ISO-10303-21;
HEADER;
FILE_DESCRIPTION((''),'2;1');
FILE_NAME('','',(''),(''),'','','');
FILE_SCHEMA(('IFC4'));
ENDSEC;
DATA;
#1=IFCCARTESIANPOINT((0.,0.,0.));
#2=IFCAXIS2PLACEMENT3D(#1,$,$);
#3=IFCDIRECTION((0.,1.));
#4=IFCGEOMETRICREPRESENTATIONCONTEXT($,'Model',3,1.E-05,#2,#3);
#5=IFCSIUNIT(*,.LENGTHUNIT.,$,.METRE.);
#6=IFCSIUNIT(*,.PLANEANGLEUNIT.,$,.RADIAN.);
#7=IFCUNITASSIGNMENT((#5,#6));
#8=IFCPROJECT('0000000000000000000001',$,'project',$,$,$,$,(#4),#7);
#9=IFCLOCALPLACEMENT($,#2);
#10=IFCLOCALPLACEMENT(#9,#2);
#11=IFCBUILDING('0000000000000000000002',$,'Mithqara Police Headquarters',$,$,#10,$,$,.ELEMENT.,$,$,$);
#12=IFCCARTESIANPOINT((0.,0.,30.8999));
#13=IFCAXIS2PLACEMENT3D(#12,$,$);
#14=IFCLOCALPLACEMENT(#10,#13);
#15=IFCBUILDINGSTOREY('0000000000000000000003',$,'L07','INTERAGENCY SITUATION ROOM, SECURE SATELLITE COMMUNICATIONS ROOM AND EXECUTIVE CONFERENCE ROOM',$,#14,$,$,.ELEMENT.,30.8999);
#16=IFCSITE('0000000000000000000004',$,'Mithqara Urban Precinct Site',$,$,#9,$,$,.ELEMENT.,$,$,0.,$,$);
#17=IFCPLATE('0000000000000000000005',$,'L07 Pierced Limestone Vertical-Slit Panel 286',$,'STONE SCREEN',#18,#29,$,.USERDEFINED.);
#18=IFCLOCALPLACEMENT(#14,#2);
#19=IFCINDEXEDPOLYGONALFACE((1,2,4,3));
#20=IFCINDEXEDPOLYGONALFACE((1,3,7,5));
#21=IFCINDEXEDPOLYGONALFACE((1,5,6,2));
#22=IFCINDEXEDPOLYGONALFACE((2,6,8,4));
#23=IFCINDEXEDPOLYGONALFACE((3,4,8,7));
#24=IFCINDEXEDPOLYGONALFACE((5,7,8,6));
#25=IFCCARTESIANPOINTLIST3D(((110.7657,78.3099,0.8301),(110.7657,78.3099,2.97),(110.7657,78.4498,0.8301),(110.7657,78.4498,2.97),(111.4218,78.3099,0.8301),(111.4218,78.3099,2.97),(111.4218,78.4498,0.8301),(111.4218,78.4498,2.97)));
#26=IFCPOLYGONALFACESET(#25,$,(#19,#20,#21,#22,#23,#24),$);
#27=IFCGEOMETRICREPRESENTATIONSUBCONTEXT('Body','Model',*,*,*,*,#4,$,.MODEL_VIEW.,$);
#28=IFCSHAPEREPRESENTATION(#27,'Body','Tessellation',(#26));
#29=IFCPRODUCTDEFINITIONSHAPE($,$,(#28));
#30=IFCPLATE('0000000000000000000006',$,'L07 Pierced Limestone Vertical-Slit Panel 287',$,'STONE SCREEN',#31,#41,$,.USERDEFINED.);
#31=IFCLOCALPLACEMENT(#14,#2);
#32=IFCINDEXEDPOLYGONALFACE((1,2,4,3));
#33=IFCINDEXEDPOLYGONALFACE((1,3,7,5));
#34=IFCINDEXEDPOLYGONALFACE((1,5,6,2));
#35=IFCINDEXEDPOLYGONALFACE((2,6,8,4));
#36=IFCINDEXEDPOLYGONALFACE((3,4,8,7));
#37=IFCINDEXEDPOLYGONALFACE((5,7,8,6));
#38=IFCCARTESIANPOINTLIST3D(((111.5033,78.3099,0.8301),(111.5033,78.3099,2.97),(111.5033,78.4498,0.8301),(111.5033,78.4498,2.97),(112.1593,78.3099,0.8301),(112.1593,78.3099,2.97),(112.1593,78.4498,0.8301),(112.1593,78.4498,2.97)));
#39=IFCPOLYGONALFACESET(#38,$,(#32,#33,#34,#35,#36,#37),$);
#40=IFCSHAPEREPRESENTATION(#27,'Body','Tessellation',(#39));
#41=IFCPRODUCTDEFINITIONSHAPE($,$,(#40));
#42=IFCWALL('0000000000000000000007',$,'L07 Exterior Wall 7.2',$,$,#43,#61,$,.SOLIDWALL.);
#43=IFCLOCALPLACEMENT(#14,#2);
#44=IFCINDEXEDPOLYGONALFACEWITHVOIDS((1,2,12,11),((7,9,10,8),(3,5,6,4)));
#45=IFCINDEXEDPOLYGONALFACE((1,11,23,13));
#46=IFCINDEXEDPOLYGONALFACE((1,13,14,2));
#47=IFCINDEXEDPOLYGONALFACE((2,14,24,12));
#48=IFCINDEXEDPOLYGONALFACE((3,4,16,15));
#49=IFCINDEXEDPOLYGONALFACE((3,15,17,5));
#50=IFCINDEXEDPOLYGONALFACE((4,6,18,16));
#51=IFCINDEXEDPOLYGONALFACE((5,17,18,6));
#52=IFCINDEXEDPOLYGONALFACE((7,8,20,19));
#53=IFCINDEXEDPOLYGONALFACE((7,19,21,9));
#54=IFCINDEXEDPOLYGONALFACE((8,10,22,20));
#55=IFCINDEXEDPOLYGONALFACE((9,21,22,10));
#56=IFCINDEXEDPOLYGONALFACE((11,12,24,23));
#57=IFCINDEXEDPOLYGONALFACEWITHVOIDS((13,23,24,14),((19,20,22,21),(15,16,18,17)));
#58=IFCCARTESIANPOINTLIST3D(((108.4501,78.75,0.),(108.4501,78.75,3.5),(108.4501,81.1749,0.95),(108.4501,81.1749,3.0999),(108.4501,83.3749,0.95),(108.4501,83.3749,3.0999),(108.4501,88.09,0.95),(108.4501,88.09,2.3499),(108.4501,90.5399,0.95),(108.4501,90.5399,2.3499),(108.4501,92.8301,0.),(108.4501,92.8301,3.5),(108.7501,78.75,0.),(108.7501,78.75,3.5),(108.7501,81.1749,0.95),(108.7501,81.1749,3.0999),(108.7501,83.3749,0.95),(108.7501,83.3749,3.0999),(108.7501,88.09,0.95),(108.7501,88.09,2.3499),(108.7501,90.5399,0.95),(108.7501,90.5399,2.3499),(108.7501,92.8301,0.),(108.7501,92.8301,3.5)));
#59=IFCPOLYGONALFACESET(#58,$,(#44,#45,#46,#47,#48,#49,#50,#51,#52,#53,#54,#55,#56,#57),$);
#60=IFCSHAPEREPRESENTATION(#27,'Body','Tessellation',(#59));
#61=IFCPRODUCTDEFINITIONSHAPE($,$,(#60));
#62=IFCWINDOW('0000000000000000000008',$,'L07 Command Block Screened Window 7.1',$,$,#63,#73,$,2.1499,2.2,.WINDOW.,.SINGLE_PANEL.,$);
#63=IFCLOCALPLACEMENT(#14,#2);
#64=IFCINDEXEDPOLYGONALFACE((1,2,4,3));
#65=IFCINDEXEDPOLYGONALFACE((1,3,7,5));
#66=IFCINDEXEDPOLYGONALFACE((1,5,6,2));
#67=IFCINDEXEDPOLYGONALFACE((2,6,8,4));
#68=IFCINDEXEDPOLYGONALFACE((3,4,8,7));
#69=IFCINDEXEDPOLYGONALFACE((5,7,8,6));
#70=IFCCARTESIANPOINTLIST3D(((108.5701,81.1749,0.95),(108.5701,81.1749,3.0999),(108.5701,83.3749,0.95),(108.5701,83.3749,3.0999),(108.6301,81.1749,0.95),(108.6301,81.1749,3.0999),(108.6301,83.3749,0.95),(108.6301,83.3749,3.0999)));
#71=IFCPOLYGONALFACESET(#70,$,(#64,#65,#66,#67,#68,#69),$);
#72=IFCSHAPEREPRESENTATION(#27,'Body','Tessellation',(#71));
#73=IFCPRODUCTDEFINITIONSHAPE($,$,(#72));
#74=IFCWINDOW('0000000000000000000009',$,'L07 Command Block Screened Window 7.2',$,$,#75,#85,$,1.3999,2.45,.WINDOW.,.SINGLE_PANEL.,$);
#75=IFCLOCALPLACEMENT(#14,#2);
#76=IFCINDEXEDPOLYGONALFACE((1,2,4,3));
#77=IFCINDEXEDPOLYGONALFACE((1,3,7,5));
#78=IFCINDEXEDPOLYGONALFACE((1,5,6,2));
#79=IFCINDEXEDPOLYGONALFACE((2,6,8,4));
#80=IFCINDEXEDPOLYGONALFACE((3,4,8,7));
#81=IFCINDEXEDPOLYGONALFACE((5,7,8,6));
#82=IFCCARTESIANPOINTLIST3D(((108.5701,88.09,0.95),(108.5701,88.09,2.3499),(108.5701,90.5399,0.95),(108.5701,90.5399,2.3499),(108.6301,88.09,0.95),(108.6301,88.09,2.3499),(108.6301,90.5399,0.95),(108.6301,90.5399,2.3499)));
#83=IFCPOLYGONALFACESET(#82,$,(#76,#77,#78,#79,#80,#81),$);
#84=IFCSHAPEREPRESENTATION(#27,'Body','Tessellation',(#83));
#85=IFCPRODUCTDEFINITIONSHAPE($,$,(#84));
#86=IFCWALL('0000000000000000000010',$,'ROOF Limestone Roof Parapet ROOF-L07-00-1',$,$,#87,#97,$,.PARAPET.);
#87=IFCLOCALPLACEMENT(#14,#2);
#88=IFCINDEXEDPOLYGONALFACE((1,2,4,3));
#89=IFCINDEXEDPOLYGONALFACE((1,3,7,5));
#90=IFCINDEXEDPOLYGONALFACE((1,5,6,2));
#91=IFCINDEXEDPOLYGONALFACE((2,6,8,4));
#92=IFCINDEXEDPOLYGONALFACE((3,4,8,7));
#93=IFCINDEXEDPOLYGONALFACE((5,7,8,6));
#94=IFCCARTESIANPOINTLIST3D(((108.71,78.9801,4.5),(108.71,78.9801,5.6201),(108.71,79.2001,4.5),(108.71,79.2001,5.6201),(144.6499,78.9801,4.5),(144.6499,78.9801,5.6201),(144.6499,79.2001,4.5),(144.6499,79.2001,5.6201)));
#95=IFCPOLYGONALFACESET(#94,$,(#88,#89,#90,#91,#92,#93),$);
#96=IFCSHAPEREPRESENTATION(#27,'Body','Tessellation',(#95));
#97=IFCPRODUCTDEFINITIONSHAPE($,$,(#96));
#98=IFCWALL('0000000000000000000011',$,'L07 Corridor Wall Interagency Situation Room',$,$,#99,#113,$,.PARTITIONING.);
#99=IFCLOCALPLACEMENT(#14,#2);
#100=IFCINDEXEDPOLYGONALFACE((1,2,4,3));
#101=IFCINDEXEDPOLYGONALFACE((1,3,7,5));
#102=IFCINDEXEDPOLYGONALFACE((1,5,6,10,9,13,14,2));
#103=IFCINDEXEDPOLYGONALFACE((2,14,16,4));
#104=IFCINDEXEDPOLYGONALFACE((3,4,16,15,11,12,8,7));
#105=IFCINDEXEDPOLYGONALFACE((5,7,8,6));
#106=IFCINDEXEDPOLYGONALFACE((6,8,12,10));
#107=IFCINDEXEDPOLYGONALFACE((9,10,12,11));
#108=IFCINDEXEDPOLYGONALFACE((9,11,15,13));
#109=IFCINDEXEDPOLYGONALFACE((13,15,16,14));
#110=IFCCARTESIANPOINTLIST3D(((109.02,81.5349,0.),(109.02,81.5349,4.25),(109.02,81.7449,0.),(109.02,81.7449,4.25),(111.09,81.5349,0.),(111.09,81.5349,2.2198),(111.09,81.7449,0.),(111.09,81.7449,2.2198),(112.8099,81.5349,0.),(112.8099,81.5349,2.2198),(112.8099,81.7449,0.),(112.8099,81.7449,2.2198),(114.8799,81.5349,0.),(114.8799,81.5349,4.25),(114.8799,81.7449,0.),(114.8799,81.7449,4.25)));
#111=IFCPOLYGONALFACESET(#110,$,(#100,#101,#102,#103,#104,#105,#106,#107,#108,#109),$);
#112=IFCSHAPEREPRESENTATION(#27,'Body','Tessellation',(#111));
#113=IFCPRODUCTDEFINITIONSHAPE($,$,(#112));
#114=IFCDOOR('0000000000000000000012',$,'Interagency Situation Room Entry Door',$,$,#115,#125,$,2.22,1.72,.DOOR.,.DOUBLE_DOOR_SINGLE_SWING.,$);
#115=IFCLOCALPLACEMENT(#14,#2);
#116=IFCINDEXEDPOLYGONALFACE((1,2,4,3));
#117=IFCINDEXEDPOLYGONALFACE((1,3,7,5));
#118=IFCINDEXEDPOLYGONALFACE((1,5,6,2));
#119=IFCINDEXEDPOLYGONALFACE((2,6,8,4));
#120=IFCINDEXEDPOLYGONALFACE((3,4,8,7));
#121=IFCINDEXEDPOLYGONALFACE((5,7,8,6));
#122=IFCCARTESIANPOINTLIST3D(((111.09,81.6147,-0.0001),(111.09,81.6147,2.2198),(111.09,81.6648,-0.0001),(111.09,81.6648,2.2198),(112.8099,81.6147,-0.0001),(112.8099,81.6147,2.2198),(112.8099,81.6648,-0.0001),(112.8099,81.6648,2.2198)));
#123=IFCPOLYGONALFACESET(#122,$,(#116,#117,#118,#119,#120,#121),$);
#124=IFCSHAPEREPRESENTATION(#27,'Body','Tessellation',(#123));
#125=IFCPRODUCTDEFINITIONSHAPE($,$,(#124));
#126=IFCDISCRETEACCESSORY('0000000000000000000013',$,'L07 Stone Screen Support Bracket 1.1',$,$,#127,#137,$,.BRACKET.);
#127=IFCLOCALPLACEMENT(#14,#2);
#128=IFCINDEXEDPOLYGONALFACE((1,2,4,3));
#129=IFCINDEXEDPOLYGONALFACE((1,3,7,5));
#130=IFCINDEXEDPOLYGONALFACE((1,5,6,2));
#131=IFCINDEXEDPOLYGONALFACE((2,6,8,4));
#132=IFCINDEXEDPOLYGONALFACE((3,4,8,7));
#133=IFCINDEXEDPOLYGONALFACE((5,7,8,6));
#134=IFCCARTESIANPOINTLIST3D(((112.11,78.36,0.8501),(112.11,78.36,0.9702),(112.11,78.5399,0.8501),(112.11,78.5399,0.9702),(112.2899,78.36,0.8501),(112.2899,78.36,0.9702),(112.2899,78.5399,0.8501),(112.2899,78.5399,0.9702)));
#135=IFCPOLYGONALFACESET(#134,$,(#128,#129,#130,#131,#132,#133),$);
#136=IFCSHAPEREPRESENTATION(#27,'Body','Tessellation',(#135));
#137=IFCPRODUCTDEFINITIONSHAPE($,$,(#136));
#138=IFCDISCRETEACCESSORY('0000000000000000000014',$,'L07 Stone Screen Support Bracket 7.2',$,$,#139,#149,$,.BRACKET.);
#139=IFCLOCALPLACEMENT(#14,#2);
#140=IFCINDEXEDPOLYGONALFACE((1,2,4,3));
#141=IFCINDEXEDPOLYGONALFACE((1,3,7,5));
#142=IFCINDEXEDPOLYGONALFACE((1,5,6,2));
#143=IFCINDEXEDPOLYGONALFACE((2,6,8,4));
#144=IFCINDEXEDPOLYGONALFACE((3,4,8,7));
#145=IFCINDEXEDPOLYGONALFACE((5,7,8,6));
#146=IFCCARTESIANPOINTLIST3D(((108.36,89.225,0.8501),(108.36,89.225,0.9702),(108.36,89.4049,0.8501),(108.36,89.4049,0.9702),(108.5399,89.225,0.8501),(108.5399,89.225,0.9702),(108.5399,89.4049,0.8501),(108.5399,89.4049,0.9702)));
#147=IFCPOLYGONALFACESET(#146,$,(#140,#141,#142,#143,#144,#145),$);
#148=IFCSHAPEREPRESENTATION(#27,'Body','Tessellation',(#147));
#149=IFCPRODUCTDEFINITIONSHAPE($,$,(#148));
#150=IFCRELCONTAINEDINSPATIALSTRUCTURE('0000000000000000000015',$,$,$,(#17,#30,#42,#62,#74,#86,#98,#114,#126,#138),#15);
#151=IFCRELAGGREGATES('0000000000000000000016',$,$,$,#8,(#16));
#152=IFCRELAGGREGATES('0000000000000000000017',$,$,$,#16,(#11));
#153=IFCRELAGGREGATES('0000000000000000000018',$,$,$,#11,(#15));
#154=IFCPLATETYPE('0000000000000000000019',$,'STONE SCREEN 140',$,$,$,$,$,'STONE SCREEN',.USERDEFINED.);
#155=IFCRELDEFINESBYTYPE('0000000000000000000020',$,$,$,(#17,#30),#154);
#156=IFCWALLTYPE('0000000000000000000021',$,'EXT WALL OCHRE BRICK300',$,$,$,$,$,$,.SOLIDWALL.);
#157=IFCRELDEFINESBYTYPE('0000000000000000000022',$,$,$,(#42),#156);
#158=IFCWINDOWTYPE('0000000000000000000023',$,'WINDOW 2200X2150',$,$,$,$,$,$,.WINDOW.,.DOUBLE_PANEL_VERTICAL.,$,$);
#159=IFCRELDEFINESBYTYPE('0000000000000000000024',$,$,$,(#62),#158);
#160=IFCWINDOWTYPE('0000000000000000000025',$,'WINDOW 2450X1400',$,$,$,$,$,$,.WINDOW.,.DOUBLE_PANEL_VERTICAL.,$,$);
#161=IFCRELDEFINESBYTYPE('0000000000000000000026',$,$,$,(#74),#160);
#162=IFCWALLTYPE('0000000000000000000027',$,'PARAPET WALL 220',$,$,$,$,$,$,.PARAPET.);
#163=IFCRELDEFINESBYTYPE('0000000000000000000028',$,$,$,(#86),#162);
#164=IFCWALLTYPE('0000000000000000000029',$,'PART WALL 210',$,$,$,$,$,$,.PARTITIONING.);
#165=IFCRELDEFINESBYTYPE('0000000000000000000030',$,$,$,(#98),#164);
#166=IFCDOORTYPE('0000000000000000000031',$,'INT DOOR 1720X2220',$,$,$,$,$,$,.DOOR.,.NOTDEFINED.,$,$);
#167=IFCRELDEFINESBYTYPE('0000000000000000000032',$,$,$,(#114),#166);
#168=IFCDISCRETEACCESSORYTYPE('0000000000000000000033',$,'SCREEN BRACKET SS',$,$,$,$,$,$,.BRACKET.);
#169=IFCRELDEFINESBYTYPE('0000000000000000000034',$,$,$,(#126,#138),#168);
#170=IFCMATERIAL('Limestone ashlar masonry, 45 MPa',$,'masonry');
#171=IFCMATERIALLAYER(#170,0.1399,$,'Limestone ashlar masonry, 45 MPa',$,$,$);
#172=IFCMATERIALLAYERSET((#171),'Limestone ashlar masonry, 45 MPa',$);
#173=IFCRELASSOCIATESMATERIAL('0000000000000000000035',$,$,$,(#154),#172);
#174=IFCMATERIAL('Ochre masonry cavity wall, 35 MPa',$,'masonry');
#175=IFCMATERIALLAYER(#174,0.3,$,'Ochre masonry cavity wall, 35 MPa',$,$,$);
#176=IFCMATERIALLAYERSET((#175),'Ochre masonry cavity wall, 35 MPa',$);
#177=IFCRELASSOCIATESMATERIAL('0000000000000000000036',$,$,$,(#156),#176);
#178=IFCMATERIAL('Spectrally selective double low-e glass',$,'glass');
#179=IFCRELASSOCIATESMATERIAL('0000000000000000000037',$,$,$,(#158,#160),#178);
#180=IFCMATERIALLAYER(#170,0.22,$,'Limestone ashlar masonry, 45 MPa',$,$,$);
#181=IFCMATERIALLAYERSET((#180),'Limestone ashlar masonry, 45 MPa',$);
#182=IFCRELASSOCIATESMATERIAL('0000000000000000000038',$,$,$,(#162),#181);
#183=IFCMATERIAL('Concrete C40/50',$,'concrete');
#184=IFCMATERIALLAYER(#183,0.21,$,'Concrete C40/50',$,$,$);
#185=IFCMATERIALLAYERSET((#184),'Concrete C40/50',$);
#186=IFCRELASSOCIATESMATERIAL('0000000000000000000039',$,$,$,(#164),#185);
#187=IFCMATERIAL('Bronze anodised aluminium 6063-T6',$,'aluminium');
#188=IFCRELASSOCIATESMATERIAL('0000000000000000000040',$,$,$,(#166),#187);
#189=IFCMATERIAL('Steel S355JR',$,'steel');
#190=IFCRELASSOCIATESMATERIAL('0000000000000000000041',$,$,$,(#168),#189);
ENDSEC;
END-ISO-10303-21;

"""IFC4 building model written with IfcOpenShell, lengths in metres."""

from ifc_helpers import new_model, si_unit, direction, frame, frame_2d, origin, origin_2d, place, context, subcontext, project, spatial, rectangle, extrude, material, layer, layer_set, type_object, element, fill, save


model = new_model("IFC4")

# Units and contexts
model_context = context("Model", 3, precision=1e-05, world=origin(), true_north=direction((0.0, 1.0)))
body_context = subcontext(model_context, "Body", "Model", "MODEL_VIEW")
ifc_project = project(units=[si_unit("LENGTHUNIT", "METRE"), si_unit("PLANEANGLEUNIT", "RADIAN")], contexts=[model_context])

# Site, building, storey
site_placement = place(None, origin())
site = spatial("IfcSite", under=ifc_project, at=site_placement, Name="Mithqara Urban Precinct Site", CompositionType="ELEMENT", RefElevation=0.0)
building_placement = place(site_placement, origin())
building = spatial("IfcBuilding", under=site, at=building_placement, Name="Mithqara Police Headquarters", CompositionType="ELEMENT")
storey_placement = place(building_placement, frame((0.0, 0.0, 30.8999)))
storey = spatial("IfcBuildingStorey", under=building, at=storey_placement, Name="L07", Description="INTERAGENCY SITUATION ROOM, SECURE SATELLITE COMMUNICATIONS ROOM AND EXECUTIVE CONFERENCE ROOM", CompositionType="ELEMENT", Elevation=30.8999)

# Shared definitions
ifc_material_1 = material(Name="Steel S355JR", Category="steel")
ifc_material_2 = material(Name="Concrete C40/50", Category="concrete")

# Plates
ifc_material_3 = material(Name="Limestone ashlar masonry, 45 MPa", Category="masonry")
ifc_layer_1 = layer(ifc_material_3, 0.1399, Name="Limestone ashlar masonry, 45 MPa")
ifc_layer_set_1 = layer_set([ifc_layer_1], Name="Limestone ashlar masonry, 45 MPa")
plate_type = type_object("IfcPlateType", Name="STONE SCREEN 140", ElementType="STONE SCREEN", PredefinedType="USERDEFINED", material=ifc_layer_set_1)
for number, where, z_axis, x_axis, name in (
    (1, (111.0938, 78.3799, 0.8301), (0.0, 0.0, 1.0), (1.0, 0.0, 0.0), "L07 Pierced Limestone Vertical-Slit Panel 286"),
    (2, (111.8313, 78.3799, 0.8301), (0.0, 0.0, 1.0), (1.0, 0.0, 0.0), "L07 Pierced Limestone Vertical-Slit Panel 287"),
):
    element("IfcPlate", number, at=place(storey_placement, frame(where, z_axis=z_axis, x_axis=x_axis)), inside=storey, type_object=plate_type, Name=name, ObjectType="STONE SCREEN", PredefinedType="USERDEFINED", context=body_context, shape_type="SweptSolid", body=[
        extrude(rectangle(XDim=0.656, YDim=0.1399, at=origin_2d()), origin(), (0.0, 0.0, 1.0), 2.1399),
    ])

# Wall, openings, windows
ifc_material_4 = material(Name="Ochre masonry cavity wall, 35 MPa", Category="masonry")
ifc_layer_2 = layer(ifc_material_4, 0.3, Name="Ochre masonry cavity wall, 35 MPa")
ifc_layer_set_2 = layer_set([ifc_layer_2], Name="Ochre masonry cavity wall, 35 MPa")
wall_type_1 = type_object("IfcWallType", Name="EXT WALL OCHRE BRICK300", PredefinedType="SOLIDWALL", material=ifc_layer_set_2)
wall_1_placement = place(storey_placement, frame((108.6001, 92.8301, 0.0), z_axis=(0.0, 0.0, 1.0), x_axis=(0.0, -1.0, 0.0)))
wall_1 = element("IfcWall", 3, at=wall_1_placement, inside=storey, type_object=wall_type_1, Name="L07 Exterior Wall 7.2", PredefinedType="SOLIDWALL", context=body_context, shape_type="SweptSolid", body=[
    extrude(rectangle(XDim=14.0801, YDim=0.3, at=frame_2d((7.04, 0.0))), origin(), (0.0, 0.0, 1.0), 3.5),
])
opening_1_placement = place(wall_1_placement, frame((9.4551, 0.0, 0.95)))
opening_1 = element("IfcOpeningElement", 4, at=opening_1_placement, cuts=wall_1, PredefinedType="OPENING", context=body_context, shape_type="SweptSolid", body=[
    extrude(rectangle(XDim=2.2, YDim=2.1499, at=frame_2d((1.1001, 1.075))), frame((0.0, 0.1602, 0.0), z_axis=(0.0, -1.0, 0.0), x_axis=(1.0, 0.0, 0.0)), (0.0, 0.0, 1.0), 0.3201),
])
opening_2_placement = place(wall_1_placement, frame((2.29, 0.0, 0.95)))
opening_2 = element("IfcOpeningElement", 5, at=opening_2_placement, cuts=wall_1, PredefinedType="OPENING", context=body_context, shape_type="SweptSolid", body=[
    extrude(rectangle(XDim=2.45, YDim=1.3999, at=frame_2d((1.2251, 0.7))), frame((0.0, 0.1602, 0.0), z_axis=(0.0, -1.0, 0.0), x_axis=(1.0, 0.0, 0.0)), (0.0, 0.0, 1.0), 0.3201),
])
ifc_material_5 = material(Name="Spectrally selective double low-e glass", Category="glass")
window_type_1 = type_object("IfcWindowType", Name="WINDOW 2200X2150", PartitioningType="DOUBLE_PANEL_VERTICAL", PredefinedType="WINDOW", material=ifc_material_5)
window_1_placement = place(opening_1_placement, origin())
window_1 = element("IfcWindow", 6, at=window_1_placement, inside=storey, type_object=window_type_1, Name="L07 Command Block Screened Window 7.1", OverallHeight=2.1499, OverallWidth=2.2, PartitioningType="SINGLE_PANEL", PredefinedType="WINDOW", context=body_context, shape_type="SweptSolid", body=[
    extrude(rectangle(XDim=2.2, YDim=2.1499, at=frame_2d((1.1001, 1.075))), frame((0.0, 0.03, 0.0), z_axis=(0.0, -1.0, 0.0), x_axis=(1.0, 0.0, 0.0)), (0.0, 0.0, 1.0), 0.0601),
])
fill(opening_1, window_1)
window_type_2 = type_object("IfcWindowType", Name="WINDOW 2450X1400", PartitioningType="DOUBLE_PANEL_VERTICAL", PredefinedType="WINDOW", material=ifc_material_5)
window_2_placement = place(opening_2_placement, origin())
window_2 = element("IfcWindow", 7, at=window_2_placement, inside=storey, type_object=window_type_2, Name="L07 Command Block Screened Window 7.2", OverallHeight=1.3999, OverallWidth=2.45, PartitioningType="SINGLE_PANEL", PredefinedType="WINDOW", context=body_context, shape_type="SweptSolid", body=[
    extrude(rectangle(XDim=2.45, YDim=1.3999, at=frame_2d((1.2251, 0.7))), frame((0.0, 0.03, 0.0), z_axis=(0.0, -1.0, 0.0), x_axis=(1.0, 0.0, 0.0)), (0.0, 0.0, 1.0), 0.0601),
])
fill(opening_2, window_2)

# Wall
ifc_layer_3 = layer(ifc_material_3, 0.22, Name="Limestone ashlar masonry, 45 MPa")
ifc_layer_set_3 = layer_set([ifc_layer_3], Name="Limestone ashlar masonry, 45 MPa")
wall_type_2 = type_object("IfcWallType", Name="PARAPET WALL 220", PredefinedType="PARAPET", material=ifc_layer_set_3)
wall_2_placement = place(storey_placement, frame((108.71, 79.0901, 4.5), z_axis=(0.0, 0.0, 1.0), x_axis=(1.0, 0.0, 0.0)))
element("IfcWall", 8, at=wall_2_placement, inside=storey, type_object=wall_type_2, Name="ROOF Limestone Roof Parapet ROOF-L07-00-1", PredefinedType="PARAPET", context=body_context, shape_type="SweptSolid", body=[
    extrude(rectangle(XDim=35.9399, YDim=0.22, at=frame_2d((17.97, 0.0))), origin(), (0.0, 0.0, 1.0), 1.1201),
])

# Wall, opening, door
ifc_layer_4 = layer(ifc_material_2, 0.21, Name="Concrete C40/50")
ifc_layer_set_4 = layer_set([ifc_layer_4], Name="Concrete C40/50")
wall_type_3 = type_object("IfcWallType", Name="PART WALL 210", PredefinedType="PARTITIONING", material=ifc_layer_set_4)
wall_3_placement = place(storey_placement, frame((109.02, 81.6399, 0.0), z_axis=(0.0, 0.0, 1.0), x_axis=(1.0, 0.0, 0.0)))
wall_3 = element("IfcWall", 9, at=wall_3_placement, inside=storey, type_object=wall_type_3, Name="L07 Corridor Wall Interagency Situation Room", PredefinedType="PARTITIONING", context=body_context, shape_type="SweptSolid", body=[
    extrude(rectangle(XDim=5.8599, YDim=0.21, at=frame_2d((2.9299, 0.0))), origin(), (0.0, 0.0, 1.0), 4.25),
])
opening_3_placement = place(wall_3_placement, frame((2.0701, 0.0, 0.0)))
opening_3 = element("IfcOpeningElement", 10, at=opening_3_placement, cuts=wall_3, PredefinedType="OPENING", context=body_context, shape_type="SweptSolid", body=[
    extrude(rectangle(XDim=1.72, YDim=2.22, at=frame_2d((0.8599, 1.1099))), frame((0.0, 0.115, 0.0), z_axis=(0.0, -1.0, 0.0), x_axis=(1.0, 0.0, 0.0)), (0.0, 0.0, 1.0), 0.23),
])
ifc_material_6 = material(Name="Bronze anodised aluminium 6063-T6", Category="aluminium")
door_type = type_object("IfcDoorType", Name="INT DOOR 1720X2220", OperationType="NOTDEFINED", PredefinedType="DOOR", material=ifc_material_6)
door_placement = place(opening_3_placement, origin())
door = element("IfcDoor", 11, at=door_placement, inside=storey, type_object=door_type, Name="Interagency Situation Room Entry Door", OperationType="DOUBLE_DOOR_SINGLE_SWING", OverallHeight=2.22, OverallWidth=1.72, PredefinedType="DOOR", context=body_context, shape_type="SweptSolid", body=[
    extrude(rectangle(XDim=1.72, YDim=2.22, at=frame_2d((0.8599, 1.1099))), frame((0.0, 0.0249, 0.0), z_axis=(0.0, -1.0, 0.0), x_axis=(1.0, 0.0, 0.0)), (0.0, 0.0, 1.0), 0.05),
])
fill(opening_3, door)

# Discrete accessories
discrete_accessory_type = type_object("IfcDiscreteAccessoryType", Name="SCREEN BRACKET SS", PredefinedType="BRACKET", material=ifc_material_1)
for number, where, z_axis, x_axis, name in (
    (12, (112.2, 78.45, 0.8501), (0.0, 0.0, 1.0), (1.0, 0.0, 0.0), "L07 Stone Screen Support Bracket 1.1"),
    (13, (108.45, 89.3149, 0.8501), (0.0, 0.0, 1.0), (0.0, 1.0, 0.0), "L07 Stone Screen Support Bracket 7.2"),
):
    element("IfcDiscreteAccessory", number, at=place(storey_placement, frame(where, z_axis=z_axis, x_axis=x_axis)), inside=storey, type_object=discrete_accessory_type, Name=name, PredefinedType="BRACKET", context=body_context, shape_type="SweptSolid", body=[
        extrude(rectangle(XDim=0.1799, YDim=0.1799, at=origin_2d()), origin(), (0.0, 0.0, 1.0), 0.1201),
    ])

save(model, "model.ifc")
